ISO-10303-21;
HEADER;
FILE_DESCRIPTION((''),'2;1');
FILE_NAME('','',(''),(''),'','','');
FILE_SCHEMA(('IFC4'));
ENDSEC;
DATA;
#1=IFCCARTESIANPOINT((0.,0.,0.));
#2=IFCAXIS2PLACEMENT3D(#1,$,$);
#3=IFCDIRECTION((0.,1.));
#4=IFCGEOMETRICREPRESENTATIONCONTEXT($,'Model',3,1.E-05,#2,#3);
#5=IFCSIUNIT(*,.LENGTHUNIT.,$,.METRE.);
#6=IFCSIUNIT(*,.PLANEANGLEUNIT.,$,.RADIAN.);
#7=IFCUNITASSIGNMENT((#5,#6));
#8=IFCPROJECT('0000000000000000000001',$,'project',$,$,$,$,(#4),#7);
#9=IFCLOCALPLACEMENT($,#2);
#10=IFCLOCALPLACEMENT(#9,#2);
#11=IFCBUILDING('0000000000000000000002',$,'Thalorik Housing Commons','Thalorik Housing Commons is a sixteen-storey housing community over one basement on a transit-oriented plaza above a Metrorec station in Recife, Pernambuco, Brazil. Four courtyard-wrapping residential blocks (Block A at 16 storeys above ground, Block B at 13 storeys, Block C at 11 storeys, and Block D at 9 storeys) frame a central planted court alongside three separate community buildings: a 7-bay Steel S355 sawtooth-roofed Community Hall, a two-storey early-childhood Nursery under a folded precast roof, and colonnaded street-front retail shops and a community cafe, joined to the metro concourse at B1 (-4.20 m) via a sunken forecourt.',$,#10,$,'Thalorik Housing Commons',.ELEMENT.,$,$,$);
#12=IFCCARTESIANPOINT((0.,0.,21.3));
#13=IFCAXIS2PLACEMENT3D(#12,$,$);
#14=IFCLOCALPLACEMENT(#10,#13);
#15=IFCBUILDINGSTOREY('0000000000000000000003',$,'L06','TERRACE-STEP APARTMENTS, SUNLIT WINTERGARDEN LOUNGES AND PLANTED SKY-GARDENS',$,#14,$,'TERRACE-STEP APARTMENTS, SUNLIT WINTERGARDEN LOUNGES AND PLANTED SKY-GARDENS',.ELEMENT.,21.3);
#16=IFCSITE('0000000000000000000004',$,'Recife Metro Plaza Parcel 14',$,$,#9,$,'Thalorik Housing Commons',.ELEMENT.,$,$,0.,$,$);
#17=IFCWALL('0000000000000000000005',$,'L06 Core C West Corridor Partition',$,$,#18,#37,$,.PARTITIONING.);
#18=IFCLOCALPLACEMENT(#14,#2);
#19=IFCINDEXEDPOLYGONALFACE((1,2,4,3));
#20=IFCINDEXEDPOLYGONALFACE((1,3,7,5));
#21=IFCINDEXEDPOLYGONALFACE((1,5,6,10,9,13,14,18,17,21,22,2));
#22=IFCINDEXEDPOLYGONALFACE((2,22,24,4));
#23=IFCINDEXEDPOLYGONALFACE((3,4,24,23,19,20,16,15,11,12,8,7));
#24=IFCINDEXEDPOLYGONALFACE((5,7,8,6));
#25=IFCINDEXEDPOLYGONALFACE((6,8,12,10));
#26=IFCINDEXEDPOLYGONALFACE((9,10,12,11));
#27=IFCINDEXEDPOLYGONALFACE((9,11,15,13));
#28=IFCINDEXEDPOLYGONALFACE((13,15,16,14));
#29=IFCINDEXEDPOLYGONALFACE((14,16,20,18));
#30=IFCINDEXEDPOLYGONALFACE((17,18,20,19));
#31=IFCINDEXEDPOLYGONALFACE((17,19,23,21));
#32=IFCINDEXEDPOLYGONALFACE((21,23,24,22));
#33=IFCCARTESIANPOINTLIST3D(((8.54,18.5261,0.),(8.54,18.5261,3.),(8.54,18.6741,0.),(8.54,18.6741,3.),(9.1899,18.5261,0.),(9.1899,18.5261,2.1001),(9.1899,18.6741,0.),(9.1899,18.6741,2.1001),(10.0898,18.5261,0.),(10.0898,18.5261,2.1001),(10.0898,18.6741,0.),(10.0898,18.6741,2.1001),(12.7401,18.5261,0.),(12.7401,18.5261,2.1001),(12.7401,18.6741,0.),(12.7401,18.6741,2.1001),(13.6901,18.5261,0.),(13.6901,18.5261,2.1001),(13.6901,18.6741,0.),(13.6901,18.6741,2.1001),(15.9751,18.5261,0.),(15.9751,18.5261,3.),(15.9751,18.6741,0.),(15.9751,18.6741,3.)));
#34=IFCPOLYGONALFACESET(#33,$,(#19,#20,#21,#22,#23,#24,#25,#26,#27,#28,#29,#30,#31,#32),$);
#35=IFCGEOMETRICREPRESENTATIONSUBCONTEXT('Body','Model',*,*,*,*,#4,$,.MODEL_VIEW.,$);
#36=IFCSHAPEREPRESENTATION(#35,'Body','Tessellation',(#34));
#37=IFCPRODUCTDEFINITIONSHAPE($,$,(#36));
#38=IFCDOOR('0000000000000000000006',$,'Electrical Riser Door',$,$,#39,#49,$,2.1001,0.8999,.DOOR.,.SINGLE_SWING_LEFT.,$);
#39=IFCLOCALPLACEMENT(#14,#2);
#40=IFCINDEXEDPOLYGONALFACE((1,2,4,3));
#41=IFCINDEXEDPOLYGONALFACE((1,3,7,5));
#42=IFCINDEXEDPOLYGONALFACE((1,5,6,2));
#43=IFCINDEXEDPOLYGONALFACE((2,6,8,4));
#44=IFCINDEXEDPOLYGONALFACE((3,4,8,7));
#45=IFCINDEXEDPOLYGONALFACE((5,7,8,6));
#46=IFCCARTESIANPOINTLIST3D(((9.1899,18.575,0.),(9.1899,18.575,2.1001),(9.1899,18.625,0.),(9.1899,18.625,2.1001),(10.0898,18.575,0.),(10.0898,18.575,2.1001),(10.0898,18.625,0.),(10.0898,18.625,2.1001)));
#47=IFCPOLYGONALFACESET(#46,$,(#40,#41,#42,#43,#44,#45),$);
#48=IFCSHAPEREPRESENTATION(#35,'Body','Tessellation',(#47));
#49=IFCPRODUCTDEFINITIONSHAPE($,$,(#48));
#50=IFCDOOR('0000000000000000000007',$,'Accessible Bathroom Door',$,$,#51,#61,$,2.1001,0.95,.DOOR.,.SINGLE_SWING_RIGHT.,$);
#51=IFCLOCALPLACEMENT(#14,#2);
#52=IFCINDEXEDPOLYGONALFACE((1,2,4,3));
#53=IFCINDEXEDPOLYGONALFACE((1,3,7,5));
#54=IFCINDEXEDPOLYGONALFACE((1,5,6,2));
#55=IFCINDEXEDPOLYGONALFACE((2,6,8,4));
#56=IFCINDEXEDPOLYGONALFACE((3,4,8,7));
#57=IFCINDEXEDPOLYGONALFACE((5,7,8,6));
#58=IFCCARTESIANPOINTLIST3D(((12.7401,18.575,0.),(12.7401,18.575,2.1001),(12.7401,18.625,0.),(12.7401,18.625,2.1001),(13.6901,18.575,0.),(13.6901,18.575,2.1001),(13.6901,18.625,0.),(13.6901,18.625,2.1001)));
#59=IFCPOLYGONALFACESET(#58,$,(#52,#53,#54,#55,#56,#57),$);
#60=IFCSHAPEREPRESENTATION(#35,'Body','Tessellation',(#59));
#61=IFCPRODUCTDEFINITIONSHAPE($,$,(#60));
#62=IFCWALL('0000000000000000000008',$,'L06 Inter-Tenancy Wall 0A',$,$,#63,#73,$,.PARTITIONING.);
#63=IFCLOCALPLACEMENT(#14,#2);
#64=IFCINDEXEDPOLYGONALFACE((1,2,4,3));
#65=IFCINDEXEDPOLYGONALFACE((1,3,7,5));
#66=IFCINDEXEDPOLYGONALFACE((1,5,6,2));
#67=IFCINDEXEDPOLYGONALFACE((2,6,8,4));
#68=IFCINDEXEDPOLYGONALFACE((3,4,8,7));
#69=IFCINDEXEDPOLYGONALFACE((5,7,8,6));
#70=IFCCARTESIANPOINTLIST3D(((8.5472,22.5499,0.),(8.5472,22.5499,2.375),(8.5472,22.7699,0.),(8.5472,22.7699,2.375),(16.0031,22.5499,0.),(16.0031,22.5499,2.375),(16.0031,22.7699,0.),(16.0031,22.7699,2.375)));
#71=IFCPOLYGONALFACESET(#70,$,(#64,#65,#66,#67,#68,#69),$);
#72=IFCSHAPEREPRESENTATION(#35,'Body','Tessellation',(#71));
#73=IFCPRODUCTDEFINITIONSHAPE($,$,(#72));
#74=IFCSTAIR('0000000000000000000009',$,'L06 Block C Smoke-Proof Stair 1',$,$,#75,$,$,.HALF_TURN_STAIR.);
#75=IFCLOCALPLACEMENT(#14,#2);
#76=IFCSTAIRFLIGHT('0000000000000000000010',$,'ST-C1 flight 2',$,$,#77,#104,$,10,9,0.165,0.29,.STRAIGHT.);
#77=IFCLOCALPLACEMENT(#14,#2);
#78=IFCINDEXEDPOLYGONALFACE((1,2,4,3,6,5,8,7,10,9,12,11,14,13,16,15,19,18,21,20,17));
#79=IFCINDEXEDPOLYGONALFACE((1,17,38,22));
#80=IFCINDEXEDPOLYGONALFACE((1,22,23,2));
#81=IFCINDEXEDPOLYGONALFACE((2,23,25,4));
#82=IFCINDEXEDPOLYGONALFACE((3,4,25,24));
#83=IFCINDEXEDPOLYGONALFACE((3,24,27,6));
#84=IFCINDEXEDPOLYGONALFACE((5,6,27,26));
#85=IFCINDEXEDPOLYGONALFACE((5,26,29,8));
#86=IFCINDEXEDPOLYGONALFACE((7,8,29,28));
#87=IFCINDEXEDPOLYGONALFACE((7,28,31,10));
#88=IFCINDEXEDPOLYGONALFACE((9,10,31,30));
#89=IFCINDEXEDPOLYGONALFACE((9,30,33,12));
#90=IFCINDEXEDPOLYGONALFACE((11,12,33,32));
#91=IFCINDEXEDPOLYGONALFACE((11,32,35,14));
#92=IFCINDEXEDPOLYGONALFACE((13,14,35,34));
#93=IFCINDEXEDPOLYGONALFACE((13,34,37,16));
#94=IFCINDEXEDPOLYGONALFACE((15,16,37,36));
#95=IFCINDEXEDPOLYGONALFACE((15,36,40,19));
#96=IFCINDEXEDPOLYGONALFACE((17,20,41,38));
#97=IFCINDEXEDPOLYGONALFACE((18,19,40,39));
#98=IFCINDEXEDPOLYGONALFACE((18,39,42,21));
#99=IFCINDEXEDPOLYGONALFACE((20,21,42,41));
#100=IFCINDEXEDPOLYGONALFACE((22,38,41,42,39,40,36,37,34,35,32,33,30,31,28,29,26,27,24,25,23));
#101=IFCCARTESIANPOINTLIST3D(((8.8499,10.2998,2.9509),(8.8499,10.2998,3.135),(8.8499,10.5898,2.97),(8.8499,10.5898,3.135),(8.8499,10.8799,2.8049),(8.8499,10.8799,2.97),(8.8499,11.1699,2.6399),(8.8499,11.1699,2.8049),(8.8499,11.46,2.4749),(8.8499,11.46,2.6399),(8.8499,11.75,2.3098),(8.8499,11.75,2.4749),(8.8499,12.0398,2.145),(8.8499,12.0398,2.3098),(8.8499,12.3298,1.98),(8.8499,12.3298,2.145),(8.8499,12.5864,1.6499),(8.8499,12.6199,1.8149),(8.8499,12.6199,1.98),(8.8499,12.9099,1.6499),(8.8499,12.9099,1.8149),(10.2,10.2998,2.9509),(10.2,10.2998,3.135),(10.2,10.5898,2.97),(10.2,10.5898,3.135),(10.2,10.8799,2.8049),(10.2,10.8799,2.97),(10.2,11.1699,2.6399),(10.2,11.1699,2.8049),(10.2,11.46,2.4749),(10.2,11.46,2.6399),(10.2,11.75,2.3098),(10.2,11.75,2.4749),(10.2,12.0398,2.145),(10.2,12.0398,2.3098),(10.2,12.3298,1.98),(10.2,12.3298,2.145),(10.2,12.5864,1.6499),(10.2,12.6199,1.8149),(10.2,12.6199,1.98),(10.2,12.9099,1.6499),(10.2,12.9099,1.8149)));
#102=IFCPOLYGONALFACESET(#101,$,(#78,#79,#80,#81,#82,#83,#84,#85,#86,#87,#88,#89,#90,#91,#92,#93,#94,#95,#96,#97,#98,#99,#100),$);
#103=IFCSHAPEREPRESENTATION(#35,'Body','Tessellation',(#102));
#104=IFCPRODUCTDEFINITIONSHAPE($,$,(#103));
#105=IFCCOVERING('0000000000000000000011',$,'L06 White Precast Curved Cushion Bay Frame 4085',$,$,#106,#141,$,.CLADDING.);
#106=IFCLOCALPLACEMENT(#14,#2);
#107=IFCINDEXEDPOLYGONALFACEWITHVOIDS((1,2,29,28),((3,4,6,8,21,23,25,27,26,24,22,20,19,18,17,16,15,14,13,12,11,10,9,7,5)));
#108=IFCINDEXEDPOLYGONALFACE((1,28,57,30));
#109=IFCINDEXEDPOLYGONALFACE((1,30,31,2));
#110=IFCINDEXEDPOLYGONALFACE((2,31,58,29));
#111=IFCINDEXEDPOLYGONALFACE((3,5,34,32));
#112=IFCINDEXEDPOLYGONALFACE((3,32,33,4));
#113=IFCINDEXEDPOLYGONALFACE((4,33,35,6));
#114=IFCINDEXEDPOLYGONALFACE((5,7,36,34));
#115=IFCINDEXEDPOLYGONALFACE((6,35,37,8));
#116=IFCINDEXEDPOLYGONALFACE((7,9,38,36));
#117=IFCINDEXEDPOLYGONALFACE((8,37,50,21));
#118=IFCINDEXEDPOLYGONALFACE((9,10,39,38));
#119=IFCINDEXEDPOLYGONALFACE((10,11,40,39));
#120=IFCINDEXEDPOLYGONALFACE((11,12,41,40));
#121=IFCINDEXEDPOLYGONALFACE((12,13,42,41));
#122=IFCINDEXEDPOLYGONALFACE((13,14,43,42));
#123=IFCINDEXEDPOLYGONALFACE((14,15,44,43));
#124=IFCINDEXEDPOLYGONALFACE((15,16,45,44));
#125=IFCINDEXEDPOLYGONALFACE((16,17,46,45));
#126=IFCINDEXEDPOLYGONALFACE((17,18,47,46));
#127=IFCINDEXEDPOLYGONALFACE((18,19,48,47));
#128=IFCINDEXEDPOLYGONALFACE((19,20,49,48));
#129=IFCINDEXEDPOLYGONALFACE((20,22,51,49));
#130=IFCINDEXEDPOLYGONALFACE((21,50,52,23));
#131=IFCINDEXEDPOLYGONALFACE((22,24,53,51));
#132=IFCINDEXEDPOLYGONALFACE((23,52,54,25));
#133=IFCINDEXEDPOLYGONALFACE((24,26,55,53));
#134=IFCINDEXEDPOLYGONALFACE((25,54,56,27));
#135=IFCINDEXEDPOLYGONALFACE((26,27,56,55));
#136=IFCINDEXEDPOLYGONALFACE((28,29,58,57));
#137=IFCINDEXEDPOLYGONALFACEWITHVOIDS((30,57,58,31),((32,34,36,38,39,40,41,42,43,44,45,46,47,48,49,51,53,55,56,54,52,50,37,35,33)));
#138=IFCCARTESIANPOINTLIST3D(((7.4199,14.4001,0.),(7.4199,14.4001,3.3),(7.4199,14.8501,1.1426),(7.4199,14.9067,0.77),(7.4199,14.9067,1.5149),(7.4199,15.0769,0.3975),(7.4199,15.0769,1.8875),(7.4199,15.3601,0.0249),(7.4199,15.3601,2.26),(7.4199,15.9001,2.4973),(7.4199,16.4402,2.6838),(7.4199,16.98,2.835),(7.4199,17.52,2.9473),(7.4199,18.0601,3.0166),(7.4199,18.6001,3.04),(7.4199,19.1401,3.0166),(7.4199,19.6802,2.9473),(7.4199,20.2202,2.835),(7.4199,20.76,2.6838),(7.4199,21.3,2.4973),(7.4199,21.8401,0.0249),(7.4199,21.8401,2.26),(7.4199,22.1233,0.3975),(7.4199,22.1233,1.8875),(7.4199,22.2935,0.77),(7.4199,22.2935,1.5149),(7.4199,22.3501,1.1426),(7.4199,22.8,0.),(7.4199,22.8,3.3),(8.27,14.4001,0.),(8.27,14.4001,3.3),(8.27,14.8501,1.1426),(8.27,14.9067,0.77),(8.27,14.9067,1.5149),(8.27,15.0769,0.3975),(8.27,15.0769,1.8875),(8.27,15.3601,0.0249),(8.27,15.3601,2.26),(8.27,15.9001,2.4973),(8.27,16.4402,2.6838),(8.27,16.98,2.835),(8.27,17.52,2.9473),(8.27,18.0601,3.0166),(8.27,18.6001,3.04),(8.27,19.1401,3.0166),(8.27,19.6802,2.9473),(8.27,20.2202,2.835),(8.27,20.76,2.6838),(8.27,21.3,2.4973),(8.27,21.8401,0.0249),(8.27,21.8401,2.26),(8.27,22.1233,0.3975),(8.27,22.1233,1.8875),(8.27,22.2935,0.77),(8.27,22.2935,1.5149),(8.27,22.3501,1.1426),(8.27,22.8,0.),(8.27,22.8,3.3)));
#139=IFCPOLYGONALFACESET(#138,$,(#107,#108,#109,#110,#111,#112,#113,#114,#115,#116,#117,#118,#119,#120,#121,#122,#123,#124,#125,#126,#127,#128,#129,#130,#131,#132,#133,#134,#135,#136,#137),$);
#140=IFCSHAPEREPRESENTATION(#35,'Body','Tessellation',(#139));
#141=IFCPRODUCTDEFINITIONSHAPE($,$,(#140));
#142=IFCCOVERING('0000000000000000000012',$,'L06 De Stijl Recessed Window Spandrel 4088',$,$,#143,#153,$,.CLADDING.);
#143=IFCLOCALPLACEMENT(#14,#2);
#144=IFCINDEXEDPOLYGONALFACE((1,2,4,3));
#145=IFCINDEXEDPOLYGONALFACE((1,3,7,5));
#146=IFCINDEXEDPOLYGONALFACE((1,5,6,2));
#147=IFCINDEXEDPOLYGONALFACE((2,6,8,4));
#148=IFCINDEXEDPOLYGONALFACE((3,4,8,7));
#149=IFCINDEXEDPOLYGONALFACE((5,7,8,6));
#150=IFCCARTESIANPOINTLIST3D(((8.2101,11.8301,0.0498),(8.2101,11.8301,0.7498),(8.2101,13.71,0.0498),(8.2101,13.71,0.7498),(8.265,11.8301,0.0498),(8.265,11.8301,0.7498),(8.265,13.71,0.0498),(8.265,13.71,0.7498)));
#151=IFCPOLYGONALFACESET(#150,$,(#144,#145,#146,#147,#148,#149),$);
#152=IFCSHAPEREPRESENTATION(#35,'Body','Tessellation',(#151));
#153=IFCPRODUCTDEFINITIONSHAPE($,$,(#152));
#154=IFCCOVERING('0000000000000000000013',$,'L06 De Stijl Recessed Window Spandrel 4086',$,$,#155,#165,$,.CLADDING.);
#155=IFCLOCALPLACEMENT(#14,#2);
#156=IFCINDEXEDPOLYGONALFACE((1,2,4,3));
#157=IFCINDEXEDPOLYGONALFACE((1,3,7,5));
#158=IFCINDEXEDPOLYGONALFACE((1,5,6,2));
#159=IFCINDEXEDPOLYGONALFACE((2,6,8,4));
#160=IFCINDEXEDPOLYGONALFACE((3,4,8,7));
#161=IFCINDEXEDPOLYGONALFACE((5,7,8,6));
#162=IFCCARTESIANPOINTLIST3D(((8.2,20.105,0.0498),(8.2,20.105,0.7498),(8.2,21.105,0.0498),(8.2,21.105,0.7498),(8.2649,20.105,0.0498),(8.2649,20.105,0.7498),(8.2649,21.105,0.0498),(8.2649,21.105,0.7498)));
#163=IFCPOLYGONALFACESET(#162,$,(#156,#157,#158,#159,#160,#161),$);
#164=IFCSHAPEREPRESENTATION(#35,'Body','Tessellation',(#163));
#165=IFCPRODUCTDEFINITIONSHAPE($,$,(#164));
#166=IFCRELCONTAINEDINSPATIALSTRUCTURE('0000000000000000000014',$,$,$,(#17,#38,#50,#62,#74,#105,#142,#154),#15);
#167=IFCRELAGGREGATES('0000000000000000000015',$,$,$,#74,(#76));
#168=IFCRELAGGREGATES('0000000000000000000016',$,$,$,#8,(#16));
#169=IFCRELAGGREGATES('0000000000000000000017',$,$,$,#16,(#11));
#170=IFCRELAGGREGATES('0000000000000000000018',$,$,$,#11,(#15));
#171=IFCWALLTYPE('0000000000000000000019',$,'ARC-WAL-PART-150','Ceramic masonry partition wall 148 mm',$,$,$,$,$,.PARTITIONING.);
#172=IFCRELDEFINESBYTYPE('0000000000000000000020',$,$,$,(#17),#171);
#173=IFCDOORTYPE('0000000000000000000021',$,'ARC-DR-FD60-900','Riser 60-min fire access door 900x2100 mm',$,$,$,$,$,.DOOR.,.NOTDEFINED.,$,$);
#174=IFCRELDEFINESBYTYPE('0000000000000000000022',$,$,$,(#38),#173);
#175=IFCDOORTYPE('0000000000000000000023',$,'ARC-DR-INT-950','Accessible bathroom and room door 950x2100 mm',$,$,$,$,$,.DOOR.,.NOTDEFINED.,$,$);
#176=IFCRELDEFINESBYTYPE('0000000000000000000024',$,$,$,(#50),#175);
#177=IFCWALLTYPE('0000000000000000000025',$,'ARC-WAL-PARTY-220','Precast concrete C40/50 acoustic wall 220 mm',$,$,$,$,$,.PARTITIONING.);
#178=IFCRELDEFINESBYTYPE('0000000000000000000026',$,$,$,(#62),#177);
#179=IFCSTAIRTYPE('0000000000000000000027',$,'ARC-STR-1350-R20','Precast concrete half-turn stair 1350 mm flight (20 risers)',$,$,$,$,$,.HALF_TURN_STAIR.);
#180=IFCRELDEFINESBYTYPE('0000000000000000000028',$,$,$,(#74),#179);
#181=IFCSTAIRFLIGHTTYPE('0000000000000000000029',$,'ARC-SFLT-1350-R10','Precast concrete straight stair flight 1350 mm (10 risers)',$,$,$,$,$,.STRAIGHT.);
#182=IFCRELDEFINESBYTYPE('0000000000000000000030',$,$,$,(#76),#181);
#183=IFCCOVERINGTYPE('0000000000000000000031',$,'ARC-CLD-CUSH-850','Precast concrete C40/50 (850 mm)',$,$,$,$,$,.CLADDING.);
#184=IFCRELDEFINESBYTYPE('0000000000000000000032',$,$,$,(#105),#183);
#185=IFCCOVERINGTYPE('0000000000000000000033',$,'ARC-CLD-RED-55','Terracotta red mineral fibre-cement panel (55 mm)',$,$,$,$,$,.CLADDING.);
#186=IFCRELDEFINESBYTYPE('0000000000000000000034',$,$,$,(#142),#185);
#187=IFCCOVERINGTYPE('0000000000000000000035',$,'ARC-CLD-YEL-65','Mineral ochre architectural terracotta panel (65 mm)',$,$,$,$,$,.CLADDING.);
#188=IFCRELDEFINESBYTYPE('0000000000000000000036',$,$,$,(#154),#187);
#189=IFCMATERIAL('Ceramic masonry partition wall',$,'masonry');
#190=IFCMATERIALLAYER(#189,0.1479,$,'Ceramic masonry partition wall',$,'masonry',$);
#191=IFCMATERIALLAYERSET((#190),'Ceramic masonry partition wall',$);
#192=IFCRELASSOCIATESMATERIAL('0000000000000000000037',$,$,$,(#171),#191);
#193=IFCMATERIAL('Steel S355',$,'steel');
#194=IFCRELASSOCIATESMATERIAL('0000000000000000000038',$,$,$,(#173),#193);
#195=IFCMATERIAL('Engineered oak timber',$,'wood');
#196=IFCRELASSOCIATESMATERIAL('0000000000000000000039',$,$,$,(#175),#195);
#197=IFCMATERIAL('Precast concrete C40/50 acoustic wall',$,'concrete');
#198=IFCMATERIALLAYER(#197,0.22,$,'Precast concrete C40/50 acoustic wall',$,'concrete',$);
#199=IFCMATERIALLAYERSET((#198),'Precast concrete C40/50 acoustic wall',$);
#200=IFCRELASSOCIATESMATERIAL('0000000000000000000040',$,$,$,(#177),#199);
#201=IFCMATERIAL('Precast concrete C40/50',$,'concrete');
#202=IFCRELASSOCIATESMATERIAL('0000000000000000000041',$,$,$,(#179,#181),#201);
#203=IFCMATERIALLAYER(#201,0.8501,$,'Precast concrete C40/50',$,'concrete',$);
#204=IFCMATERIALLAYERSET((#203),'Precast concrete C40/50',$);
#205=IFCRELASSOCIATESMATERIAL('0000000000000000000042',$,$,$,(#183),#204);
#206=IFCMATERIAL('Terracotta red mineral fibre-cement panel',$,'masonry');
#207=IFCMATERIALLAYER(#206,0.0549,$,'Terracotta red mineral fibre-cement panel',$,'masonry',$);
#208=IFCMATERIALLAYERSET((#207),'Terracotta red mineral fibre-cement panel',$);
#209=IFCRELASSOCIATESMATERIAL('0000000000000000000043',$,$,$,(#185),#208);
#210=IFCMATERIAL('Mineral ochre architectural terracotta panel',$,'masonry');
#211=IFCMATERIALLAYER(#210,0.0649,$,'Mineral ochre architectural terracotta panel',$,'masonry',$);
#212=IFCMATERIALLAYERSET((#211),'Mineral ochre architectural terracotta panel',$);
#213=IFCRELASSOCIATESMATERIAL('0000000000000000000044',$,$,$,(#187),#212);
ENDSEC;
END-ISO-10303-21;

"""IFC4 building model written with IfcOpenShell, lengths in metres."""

from ifc_helpers import new_model, si_unit, direction, frame, frame_2d, origin, origin_2d, place, context, subcontext, project, spatial, polyline, rectangle, outline, extrude, material, layer, layer_set, type_object, element, fill, aggregate, save


model = new_model("IFC4")

# Units and contexts
model_context = context("Model", 3, precision=1e-05, world=origin(), true_north=direction((0.0, 1.0)))
body_context = subcontext(model_context, "Body", "Model", "MODEL_VIEW")
ifc_project = project(units=[si_unit("LENGTHUNIT", "METRE"), si_unit("PLANEANGLEUNIT", "RADIAN")], contexts=[model_context])

# Site, building, storey
site_placement = place(None, origin())
site = spatial("IfcSite", under=ifc_project, at=site_placement, Name="Recife Metro Plaza Parcel 14", LongName="Thalorik Housing Commons", CompositionType="ELEMENT", RefElevation=0.0)
building_placement = place(site_placement, origin())
building = spatial("IfcBuilding", under=site, at=building_placement, Name="Thalorik Housing Commons", Description="Thalorik Housing Commons is a sixteen-storey housing community over one basement on a transit-oriented plaza above a Metrorec station in Recife, Pernambuco, Brazil. Four courtyard-wrapping residential blocks (Block A at 16 storeys above ground, Block B at 13 storeys, Block C at 11 storeys, and Block D at 9 storeys) frame a central planted court alongside three separate community buildings: a 7-bay Steel S355 sawtooth-roofed Community Hall, a two-storey early-childhood Nursery under a folded precast roof, and colonnaded street-front retail shops and a community cafe, joined to the metro concourse at B1 (-4.20 m) via a sunken forecourt.", LongName="Thalorik Housing Commons", CompositionType="ELEMENT")
storey_placement = place(building_placement, frame((0.0, 0.0, 21.3)))
storey = spatial("IfcBuildingStorey", under=building, at=storey_placement, Name="L06", Description="TERRACE-STEP APARTMENTS, SUNLIT WINTERGARDEN LOUNGES AND PLANTED SKY-GARDENS", LongName="TERRACE-STEP APARTMENTS, SUNLIT WINTERGARDEN LOUNGES AND PLANTED SKY-GARDENS", CompositionType="ELEMENT", Elevation=21.3)

# Shared definitions
ifc_material_1 = material(Name="Precast concrete C40/50", Category="concrete")

# Shared definitions
ifc_material_2 = material(Name="Steel S355", Category="steel")

# Wall, openings, doors
ifc_material_3 = material(Name="Ceramic masonry partition wall", Category="masonry")
ifc_layer_1 = layer(ifc_material_3, 0.1479, Name="Ceramic masonry partition wall", Category="masonry")
ifc_layer_set_1 = layer_set([ifc_layer_1], Name="Ceramic masonry partition wall")
wall_type_1 = type_object("IfcWallType", Name="ARC-WAL-PART-150", Description="Ceramic masonry partition wall 148 mm", PredefinedType="PARTITIONING", material=ifc_layer_set_1)
wall_1_placement = place(storey_placement, frame((8.54, 18.6001, 0.0), z_axis=(0.0, 0.0, 1.0), x_axis=(1.0, 0.0, 0.0)))
wall_1 = element("IfcWall", 1, at=wall_1_placement, inside=storey, type_object=wall_type_1, Name="L06 Core C West Corridor Partition", PredefinedType="PARTITIONING", context=body_context, shape_type="SweptSolid", body=[
    extrude(rectangle(XDim=7.4351, YDim=0.1479, at=frame_2d((3.7175, 0.0))), origin(), (0.0, 0.0, 1.0), 3.0),
])
opening_1_placement = place(wall_1_placement, frame((0.6499, 0.0, 0.0)))
opening_1 = element("IfcOpeningElement", 2, at=opening_1_placement, cuts=wall_1, PredefinedType="OPENING", context=body_context, shape_type="SweptSolid", body=[
    extrude(rectangle(XDim=0.8999, YDim=2.1001, at=frame_2d((0.45, 1.05))), frame((0.0, 0.084, 0.0), z_axis=(0.0, -1.0, 0.0), x_axis=(1.0, 0.0, 0.0)), (0.0, 0.0, 1.0), 0.168),
])
opening_2_placement = place(wall_1_placement, frame((4.2, 0.0, 0.0)))
opening_2 = element("IfcOpeningElement", 3, at=opening_2_placement, cuts=wall_1, PredefinedType="OPENING", context=body_context, shape_type="SweptSolid", body=[
    extrude(rectangle(XDim=0.95, YDim=2.1001, at=frame_2d((0.4751, 1.05))), frame((0.0, 0.084, 0.0), z_axis=(0.0, -1.0, 0.0), x_axis=(1.0, 0.0, 0.0)), (0.0, 0.0, 1.0), 0.168),
])
door_type_1 = type_object("IfcDoorType", Name="ARC-DR-FD60-900", Description="Riser 60-min fire access door 900x2100 mm", OperationType="NOTDEFINED", PredefinedType="DOOR", material=ifc_material_2)
door_1_placement = place(opening_1_placement, origin())
door_1 = element("IfcDoor", 4, at=door_1_placement, inside=storey, type_object=door_type_1, Name="Electrical Riser Door", OperationType="SINGLE_SWING_LEFT", OverallHeight=2.1001, OverallWidth=0.8999, PredefinedType="DOOR", context=body_context, shape_type="SweptSolid", body=[
    extrude(rectangle(XDim=0.8999, YDim=2.1001, at=frame_2d((0.45, 1.05))), frame((0.0, 0.0249, 0.0), z_axis=(0.0, -1.0, 0.0), x_axis=(1.0, 0.0, 0.0)), (0.0, 0.0, 1.0), 0.05),
])
fill(opening_1, door_1)
ifc_material_4 = material(Name="Engineered oak timber", Category="wood")
door_type_2 = type_object("IfcDoorType", Name="ARC-DR-INT-950", Description="Accessible bathroom and room door 950x2100 mm", OperationType="NOTDEFINED", PredefinedType="DOOR", material=ifc_material_4)
door_2_placement = place(opening_2_placement, origin())
door_2 = element("IfcDoor", 5, at=door_2_placement, inside=storey, type_object=door_type_2, Name="Accessible Bathroom Door", OperationType="SINGLE_SWING_RIGHT", OverallHeight=2.1001, OverallWidth=0.95, PredefinedType="DOOR", context=body_context, shape_type="SweptSolid", body=[
    extrude(rectangle(XDim=0.95, YDim=2.1001, at=frame_2d((0.4751, 1.05))), frame((0.0, 0.0249, 0.0), z_axis=(0.0, -1.0, 0.0), x_axis=(1.0, 0.0, 0.0)), (0.0, 0.0, 1.0), 0.05),
])
fill(opening_2, door_2)

# Wall
ifc_material_5 = material(Name="Precast concrete C40/50 acoustic wall", Category="concrete")
ifc_layer_2 = layer(ifc_material_5, 0.22, Name="Precast concrete C40/50 acoustic wall", Category="concrete")
ifc_layer_set_2 = layer_set([ifc_layer_2], Name="Precast concrete C40/50 acoustic wall")
wall_type_2 = type_object("IfcWallType", Name="ARC-WAL-PARTY-220", Description="Precast concrete C40/50 acoustic wall 220 mm", PredefinedType="PARTITIONING", material=ifc_layer_set_2)
wall_2_placement = place(storey_placement, frame((8.5471, 22.6599, 0.0), z_axis=(0.0, 0.0, 1.0), x_axis=(1.0, 0.0, 0.0)))
element("IfcWall", 6, at=wall_2_placement, inside=storey, type_object=wall_type_2, Name="L06 Inter-Tenancy Wall 0A", PredefinedType="PARTITIONING", context=body_context, shape_type="SweptSolid", body=[
    extrude(rectangle(XDim=7.4558, YDim=0.22, at=frame_2d((3.728, 0.0))), origin(), (0.0, 0.0, 1.0), 2.375),
])

# Stair, stair flight
stair_type = type_object("IfcStairType", Name="ARC-STR-1350-R20", Description="Precast concrete half-turn stair 1350 mm flight (20 risers)", PredefinedType="HALF_TURN_STAIR", material=ifc_material_1)
stair_placement = place(storey_placement, origin())
stair = element("IfcStair", 7, at=stair_placement, inside=storey, type_object=stair_type, Name="L06 Block C Smoke-Proof Stair 1", PredefinedType="HALF_TURN_STAIR")
stair_flight_type = type_object("IfcStairFlightType", Name="ARC-SFLT-1350-R10", Description="Precast concrete straight stair flight 1350 mm (10 risers)", PredefinedType="STRAIGHT", material=ifc_material_1)
stair_flight_placement = place(storey_placement, frame((9.5249, 12.9099, 1.6499), z_axis=(0.0, 0.0, 1.0), x_axis=(0.0, -1.0, 0.0)))
stair_flight = element("IfcStairFlight", 8, at=stair_flight_placement, type_object=stair_flight_type, Name="ST-C1 flight 2", NumberOfRisers=10, NumberOfTreads=9, PredefinedType="STRAIGHT", RiserHeight=0.165, TreadLength=0.29, context=body_context, shape_type="SweptSolid", body=[
    extrude(outline(polyline([(0.0, 0.0), (0.0, 0.165), (0.29, 0.165), (0.29, 0.3301), (0.5801, 0.3301), (0.5801, 0.4951), (0.8701, 0.4951), (0.8701, 0.6599), (1.1599, 0.6599), (1.1599, 0.825), (1.45, 0.825), (1.45, 0.99), (1.74, 0.99), (1.74, 1.155), (2.03, 1.155), (2.03, 1.3201), (2.3201, 1.3201), (2.3201, 1.4851), (2.6101, 1.4851), (2.6101, 1.6499), (2.6101, 1.301), (0.3235, 0.0), (0.0, 0.0)])), frame((0.0, 0.675, 0.0), z_axis=(0.0, -1.0, 0.0), x_axis=(1.0, 0.0, 0.0)), (0.0, 0.0, 1.0), 1.3501),
])
aggregate(stair, [stair_flight])

# Coverings
ifc_layer_3 = layer(ifc_material_1, 0.8501, Name="Precast concrete C40/50", Category="concrete")
ifc_layer_set_3 = layer_set([ifc_layer_3], Name="Precast concrete C40/50")
covering_type_1 = type_object("IfcCoveringType", Name="ARC-CLD-CUSH-850", Description="Precast concrete C40/50 (850 mm)", PredefinedType="CLADDING", material=ifc_layer_set_3)
covering_1_placement = place(storey_placement, frame((7.845, 18.6001, 0.0), z_axis=(0.0, 0.0, 1.0), x_axis=(0.0, -1.0, 0.0)))
element("IfcCovering", 9, at=covering_1_placement, inside=storey, type_object=covering_type_1, Name="L06 White Precast Curved Cushion Bay Frame 4085", PredefinedType="CLADDING", context=body_context, shape_type="SweptSolid", body=[
    extrude(outline(polyline([(-4.2, 0.0), (4.2, 0.0), (4.2, 3.3), (-4.2, 3.3), (-4.2, 0.0)]), holes=[polyline([(3.24, 0.0249), (3.5232, 0.3975), (3.6934, 0.77), (3.75, 1.1426), (3.6934, 1.5149), (3.5232, 1.8875), (3.24, 2.26), (2.7, 2.4973), (2.1599, 2.6838), (1.6201, 2.835), (1.0801, 2.9473), (0.54, 3.0166), (0.0, 3.04), (-0.54, 3.0166), (-1.0801, 2.9473), (-1.6201, 2.835), (-2.1599, 2.6838), (-2.7, 2.4973), (-3.24, 2.26), (-3.5232, 1.8875), (-3.6934, 1.5149), (-3.75, 1.1426), (-3.6934, 0.77), (-3.5232, 0.3975), (-3.24, 0.0249), (3.24, 0.0249)])]), frame((0.0, 0.425, 0.0), z_axis=(0.0, -1.0, 0.0), x_axis=(1.0, 0.0, 0.0)), (0.0, 0.0, 1.0), 0.8501),
])
ifc_material_6 = material(Name="Terracotta red mineral fibre-cement panel", Category="masonry")
ifc_layer_4 = layer(ifc_material_6, 0.0549, Name="Terracotta red mineral fibre-cement panel", Category="masonry")
ifc_layer_set_4 = layer_set([ifc_layer_4], Name="Terracotta red mineral fibre-cement panel")
covering_type_2 = type_object("IfcCoveringType", Name="ARC-CLD-RED-55", Description="Terracotta red mineral fibre-cement panel (55 mm)", PredefinedType="CLADDING", material=ifc_layer_set_4)
covering_2_placement = place(storey_placement, frame((8.2375, 12.77, 0.0498), z_axis=(0.0, 0.0, 1.0), x_axis=(0.0, -1.0, 0.0)))
element("IfcCovering", 10, at=covering_2_placement, inside=storey, type_object=covering_type_2, Name="L06 De Stijl Recessed Window Spandrel 4088", PredefinedType="CLADDING", context=body_context, shape_type="SweptSolid", body=[
    extrude(rectangle(XDim=1.8799, YDim=0.0549, at=origin_2d()), origin(), (0.0, 0.0, 1.0), 0.7),
])
ifc_material_7 = material(Name="Mineral ochre architectural terracotta panel", Category="masonry")
ifc_layer_5 = layer(ifc_material_7, 0.0649, Name="Mineral ochre architectural terracotta panel", Category="masonry")
ifc_layer_set_5 = layer_set([ifc_layer_5], Name="Mineral ochre architectural terracotta panel")
covering_type_3 = type_object("IfcCoveringType", Name="ARC-CLD-YEL-65", Description="Mineral ochre architectural terracotta panel (65 mm)", PredefinedType="CLADDING", material=ifc_layer_set_5)
covering_3_placement = place(storey_placement, frame((8.2324, 20.605, 0.0498), z_axis=(0.0, 0.0, 1.0), x_axis=(0.0, -1.0, 0.0)))
element("IfcCovering", 11, at=covering_3_placement, inside=storey, type_object=covering_type_3, Name="L06 De Stijl Recessed Window Spandrel 4086", PredefinedType="CLADDING", context=body_context, shape_type="SweptSolid", body=[
    extrude(rectangle(XDim=1.0, YDim=0.0649, at=origin_2d()), origin(), (0.0, 0.0, 1.0), 0.7),
])

save(model, "model.ifc")
